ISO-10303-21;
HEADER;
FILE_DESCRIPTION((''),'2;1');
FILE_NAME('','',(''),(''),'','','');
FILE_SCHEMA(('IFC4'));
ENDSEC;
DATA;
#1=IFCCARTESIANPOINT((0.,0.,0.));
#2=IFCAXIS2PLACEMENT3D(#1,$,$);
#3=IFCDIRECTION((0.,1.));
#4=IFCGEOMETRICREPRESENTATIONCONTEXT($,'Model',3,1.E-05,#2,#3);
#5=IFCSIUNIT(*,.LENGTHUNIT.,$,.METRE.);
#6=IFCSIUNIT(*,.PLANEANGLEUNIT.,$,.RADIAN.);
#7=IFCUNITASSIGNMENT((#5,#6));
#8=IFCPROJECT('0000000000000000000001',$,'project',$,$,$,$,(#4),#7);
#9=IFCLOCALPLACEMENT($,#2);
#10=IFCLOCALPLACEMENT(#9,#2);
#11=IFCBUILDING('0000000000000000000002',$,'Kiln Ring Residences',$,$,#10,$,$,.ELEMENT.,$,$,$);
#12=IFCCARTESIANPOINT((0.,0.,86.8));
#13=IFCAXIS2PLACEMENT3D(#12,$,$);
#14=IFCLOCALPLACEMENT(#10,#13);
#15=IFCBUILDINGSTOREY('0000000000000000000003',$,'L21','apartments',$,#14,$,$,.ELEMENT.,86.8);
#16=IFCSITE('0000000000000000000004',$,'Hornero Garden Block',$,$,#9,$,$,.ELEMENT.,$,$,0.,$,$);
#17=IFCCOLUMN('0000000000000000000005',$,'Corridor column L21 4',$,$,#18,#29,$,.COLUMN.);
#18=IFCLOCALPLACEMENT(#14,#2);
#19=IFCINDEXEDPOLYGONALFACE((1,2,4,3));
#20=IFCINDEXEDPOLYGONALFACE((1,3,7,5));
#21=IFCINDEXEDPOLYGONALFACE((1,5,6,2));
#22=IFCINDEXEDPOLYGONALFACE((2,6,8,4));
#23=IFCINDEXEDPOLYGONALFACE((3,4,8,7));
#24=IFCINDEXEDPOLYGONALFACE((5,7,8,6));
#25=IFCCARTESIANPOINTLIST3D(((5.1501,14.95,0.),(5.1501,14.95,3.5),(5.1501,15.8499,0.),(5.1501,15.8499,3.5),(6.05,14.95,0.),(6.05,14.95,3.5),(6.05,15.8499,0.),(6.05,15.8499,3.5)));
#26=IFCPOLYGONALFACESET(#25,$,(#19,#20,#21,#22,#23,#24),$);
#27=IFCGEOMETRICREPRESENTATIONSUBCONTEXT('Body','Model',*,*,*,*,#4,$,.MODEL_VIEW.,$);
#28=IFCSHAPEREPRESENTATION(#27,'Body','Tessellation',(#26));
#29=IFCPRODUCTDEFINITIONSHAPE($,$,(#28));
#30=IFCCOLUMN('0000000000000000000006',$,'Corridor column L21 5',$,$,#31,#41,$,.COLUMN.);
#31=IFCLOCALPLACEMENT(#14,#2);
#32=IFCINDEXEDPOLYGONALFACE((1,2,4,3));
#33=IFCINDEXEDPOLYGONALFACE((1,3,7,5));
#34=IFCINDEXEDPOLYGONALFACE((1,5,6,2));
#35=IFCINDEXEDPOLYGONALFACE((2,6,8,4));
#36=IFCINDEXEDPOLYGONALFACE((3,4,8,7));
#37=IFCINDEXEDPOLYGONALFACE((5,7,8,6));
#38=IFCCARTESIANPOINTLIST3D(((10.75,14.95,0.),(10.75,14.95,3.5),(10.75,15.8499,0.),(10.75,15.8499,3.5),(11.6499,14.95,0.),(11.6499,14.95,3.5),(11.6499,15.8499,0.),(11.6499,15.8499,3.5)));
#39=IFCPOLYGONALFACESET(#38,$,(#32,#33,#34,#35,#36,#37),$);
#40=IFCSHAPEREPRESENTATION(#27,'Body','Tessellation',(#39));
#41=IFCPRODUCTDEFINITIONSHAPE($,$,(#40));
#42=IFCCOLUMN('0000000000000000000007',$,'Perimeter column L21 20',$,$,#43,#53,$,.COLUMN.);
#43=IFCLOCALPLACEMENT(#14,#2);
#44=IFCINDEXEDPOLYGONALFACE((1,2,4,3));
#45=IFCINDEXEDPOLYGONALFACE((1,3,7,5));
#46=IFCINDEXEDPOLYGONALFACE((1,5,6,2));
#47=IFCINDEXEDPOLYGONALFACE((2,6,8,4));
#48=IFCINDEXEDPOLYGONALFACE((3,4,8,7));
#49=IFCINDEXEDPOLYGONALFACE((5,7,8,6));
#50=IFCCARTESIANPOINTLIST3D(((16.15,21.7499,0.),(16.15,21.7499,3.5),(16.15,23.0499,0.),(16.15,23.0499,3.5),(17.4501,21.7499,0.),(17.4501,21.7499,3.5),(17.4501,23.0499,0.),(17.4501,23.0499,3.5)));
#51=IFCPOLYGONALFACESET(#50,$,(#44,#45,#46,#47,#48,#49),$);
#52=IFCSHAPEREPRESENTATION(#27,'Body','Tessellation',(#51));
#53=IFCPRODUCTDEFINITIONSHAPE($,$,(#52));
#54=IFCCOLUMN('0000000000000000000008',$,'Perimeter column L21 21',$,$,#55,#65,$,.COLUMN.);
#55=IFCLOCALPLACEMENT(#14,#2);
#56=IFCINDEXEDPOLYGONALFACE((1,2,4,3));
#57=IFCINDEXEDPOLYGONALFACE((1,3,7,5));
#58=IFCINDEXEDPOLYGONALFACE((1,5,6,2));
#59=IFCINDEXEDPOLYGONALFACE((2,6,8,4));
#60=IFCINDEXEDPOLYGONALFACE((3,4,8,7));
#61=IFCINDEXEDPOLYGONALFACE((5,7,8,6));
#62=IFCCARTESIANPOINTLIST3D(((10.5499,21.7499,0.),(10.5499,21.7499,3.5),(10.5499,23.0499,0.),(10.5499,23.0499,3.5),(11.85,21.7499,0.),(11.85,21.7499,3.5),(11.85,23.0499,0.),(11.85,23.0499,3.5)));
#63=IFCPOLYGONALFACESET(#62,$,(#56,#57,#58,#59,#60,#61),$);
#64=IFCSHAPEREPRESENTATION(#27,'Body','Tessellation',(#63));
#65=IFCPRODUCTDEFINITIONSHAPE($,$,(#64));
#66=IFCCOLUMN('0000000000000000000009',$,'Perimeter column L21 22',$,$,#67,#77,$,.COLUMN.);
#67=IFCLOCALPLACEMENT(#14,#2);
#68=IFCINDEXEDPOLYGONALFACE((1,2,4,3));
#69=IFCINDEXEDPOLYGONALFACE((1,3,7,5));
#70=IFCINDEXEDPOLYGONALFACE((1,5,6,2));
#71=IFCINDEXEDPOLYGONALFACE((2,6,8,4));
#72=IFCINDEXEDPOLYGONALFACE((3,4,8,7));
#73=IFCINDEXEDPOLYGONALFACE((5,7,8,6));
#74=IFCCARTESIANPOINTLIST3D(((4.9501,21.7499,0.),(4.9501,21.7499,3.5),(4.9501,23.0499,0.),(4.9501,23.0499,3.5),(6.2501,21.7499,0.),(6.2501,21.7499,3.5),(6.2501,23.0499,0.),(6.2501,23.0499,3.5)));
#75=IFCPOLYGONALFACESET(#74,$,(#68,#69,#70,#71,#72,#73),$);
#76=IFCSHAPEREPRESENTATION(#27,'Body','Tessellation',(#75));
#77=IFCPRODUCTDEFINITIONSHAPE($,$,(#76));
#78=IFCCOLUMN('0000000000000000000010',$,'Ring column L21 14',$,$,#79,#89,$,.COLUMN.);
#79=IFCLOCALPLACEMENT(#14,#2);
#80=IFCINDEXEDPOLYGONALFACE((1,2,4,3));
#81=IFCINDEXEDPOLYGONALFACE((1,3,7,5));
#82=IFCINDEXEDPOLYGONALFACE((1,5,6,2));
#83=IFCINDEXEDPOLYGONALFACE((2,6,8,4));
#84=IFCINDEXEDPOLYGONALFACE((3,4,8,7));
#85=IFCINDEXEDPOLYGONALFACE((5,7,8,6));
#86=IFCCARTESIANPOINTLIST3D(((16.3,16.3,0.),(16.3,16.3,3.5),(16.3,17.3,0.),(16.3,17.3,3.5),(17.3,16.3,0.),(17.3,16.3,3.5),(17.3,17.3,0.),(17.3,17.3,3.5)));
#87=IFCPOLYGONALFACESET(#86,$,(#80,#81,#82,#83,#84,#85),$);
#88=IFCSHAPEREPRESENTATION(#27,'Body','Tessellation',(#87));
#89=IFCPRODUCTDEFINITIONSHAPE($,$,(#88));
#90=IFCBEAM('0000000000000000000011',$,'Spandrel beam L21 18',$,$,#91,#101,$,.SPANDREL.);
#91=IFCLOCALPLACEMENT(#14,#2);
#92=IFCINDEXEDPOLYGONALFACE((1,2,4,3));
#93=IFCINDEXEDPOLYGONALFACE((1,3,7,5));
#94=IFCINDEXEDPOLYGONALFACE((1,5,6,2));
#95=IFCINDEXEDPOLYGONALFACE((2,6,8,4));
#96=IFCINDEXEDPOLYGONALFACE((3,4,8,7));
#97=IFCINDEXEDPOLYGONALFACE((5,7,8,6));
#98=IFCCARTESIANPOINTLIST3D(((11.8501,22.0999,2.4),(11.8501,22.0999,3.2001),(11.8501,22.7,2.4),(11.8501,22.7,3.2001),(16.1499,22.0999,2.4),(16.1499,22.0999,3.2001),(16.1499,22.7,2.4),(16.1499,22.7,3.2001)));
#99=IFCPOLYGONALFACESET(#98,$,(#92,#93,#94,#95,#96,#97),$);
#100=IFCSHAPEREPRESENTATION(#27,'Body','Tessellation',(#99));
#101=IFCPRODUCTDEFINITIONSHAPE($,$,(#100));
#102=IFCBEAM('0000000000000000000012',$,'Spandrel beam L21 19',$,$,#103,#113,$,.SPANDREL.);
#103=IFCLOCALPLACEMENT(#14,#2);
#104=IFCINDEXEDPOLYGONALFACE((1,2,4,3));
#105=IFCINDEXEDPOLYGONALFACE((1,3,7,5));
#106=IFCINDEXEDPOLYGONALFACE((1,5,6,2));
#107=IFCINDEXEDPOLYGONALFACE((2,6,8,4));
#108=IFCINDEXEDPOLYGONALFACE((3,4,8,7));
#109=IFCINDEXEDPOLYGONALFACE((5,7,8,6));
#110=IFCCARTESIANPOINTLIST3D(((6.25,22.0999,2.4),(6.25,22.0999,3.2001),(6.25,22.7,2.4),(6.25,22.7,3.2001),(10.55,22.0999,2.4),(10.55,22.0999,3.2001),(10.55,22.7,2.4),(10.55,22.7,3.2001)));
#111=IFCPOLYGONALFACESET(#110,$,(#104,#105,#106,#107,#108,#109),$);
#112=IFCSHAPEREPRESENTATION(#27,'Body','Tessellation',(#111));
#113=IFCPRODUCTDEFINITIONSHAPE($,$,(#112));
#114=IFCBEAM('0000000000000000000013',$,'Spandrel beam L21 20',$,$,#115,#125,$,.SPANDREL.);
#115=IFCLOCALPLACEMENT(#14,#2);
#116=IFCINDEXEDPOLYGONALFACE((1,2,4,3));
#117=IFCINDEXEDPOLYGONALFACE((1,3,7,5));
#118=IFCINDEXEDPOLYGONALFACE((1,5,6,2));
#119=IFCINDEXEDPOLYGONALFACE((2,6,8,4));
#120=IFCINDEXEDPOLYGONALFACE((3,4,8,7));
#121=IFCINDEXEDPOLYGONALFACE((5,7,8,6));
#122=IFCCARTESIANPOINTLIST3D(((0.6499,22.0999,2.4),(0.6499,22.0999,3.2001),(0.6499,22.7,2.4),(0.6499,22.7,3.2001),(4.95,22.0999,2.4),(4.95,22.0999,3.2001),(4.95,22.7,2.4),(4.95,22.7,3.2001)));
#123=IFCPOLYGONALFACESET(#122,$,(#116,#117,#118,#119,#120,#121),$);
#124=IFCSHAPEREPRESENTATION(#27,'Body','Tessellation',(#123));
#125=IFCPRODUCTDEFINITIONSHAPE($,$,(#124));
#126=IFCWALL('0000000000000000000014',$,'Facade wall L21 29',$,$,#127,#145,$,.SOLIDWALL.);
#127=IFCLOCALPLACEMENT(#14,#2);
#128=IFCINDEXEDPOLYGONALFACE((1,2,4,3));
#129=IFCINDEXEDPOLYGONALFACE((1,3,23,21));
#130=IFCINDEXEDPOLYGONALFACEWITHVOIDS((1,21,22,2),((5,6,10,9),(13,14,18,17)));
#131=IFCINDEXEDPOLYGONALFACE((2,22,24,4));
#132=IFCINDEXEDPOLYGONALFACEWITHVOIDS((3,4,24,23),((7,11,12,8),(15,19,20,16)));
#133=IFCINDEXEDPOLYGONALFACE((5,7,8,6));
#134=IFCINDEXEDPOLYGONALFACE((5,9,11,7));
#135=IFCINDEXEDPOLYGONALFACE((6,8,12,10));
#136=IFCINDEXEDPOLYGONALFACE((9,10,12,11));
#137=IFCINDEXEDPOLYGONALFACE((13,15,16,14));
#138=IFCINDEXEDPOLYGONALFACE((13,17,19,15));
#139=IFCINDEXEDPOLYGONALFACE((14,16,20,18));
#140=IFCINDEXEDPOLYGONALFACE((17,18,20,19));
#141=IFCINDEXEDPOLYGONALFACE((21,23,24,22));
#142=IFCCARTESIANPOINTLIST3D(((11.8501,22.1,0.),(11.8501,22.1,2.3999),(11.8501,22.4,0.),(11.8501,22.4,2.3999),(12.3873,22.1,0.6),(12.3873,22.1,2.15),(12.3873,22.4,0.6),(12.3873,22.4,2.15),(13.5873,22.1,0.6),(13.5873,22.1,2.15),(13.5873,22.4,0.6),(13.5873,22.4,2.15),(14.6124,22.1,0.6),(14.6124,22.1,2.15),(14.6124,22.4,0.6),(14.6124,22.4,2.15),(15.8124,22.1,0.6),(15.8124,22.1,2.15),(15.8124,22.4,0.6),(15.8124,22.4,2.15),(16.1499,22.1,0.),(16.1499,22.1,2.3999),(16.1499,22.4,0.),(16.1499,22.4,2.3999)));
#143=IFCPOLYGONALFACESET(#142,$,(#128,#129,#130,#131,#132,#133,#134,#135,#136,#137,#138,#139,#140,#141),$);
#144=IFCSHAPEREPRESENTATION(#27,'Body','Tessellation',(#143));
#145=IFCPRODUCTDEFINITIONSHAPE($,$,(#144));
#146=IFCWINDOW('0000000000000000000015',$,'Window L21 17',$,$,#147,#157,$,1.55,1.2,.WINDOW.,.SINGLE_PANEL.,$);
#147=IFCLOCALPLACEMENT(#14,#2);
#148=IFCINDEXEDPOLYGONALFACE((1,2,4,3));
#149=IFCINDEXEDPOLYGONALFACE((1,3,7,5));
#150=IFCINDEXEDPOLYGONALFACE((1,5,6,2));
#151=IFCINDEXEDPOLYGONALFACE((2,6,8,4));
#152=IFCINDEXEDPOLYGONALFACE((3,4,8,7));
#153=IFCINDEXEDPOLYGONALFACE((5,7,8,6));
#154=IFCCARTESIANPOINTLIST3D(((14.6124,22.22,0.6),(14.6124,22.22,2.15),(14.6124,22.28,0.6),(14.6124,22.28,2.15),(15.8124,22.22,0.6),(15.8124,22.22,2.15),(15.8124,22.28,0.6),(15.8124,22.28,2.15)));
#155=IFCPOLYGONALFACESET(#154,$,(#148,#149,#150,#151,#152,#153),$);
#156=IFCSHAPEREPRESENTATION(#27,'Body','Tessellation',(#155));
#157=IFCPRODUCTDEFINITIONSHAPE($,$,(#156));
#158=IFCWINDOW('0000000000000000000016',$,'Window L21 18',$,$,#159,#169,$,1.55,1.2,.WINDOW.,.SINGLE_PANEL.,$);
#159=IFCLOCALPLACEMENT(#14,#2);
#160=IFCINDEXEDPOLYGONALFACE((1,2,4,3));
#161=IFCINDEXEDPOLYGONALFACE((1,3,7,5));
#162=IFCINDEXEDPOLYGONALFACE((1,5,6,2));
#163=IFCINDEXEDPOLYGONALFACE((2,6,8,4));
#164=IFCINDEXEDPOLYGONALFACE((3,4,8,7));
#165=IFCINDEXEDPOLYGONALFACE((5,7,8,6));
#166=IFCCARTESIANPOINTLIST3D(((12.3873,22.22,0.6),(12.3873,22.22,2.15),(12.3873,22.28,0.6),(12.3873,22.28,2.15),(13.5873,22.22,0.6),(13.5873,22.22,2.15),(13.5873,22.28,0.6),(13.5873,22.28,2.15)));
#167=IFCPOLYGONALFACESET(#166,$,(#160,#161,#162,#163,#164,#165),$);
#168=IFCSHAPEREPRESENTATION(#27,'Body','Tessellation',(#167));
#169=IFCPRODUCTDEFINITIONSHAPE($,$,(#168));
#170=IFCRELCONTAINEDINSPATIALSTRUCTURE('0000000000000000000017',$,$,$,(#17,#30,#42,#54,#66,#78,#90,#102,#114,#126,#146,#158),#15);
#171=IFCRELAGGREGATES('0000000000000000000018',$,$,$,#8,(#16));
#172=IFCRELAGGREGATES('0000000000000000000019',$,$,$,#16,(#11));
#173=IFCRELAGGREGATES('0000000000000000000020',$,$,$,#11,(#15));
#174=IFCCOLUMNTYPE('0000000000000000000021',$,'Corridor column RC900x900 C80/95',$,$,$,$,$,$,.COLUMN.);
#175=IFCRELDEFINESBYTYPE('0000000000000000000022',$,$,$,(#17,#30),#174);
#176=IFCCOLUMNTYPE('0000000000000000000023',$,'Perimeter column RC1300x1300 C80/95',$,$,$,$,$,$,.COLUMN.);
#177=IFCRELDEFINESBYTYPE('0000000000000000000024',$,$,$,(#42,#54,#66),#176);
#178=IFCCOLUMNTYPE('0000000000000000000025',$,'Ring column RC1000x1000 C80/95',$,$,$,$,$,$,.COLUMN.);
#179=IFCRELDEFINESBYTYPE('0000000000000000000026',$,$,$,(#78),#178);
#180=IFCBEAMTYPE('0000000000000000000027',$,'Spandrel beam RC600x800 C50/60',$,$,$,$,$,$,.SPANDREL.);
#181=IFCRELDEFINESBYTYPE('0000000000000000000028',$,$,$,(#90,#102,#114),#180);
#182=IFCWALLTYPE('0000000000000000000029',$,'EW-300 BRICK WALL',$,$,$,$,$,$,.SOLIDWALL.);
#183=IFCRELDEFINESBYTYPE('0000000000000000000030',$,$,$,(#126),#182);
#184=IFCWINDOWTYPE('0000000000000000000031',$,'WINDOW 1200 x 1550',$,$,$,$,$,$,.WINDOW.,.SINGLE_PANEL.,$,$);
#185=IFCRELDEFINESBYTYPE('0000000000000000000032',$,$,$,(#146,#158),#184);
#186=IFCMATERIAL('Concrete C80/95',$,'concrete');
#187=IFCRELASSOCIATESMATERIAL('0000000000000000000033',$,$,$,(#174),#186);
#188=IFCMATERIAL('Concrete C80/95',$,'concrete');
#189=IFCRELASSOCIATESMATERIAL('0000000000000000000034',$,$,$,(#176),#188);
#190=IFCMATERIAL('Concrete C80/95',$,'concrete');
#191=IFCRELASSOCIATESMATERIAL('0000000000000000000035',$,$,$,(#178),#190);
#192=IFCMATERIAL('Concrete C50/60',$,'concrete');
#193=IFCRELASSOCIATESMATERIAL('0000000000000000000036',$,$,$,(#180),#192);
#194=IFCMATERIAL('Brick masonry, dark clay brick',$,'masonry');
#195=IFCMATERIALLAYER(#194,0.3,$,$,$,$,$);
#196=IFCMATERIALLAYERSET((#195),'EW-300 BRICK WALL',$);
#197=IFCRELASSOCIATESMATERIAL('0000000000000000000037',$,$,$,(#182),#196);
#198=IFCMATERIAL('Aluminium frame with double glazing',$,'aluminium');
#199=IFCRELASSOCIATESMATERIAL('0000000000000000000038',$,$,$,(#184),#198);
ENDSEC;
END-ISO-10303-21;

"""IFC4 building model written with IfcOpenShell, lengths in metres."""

from ifc_helpers import new_model, si_unit, direction, frame, frame_2d, origin, origin_2d, place, context, subcontext, project, spatial, rectangle, extrude, material, layer, layer_set, material_profile, profile_set, type_object, element, fill, save


model = new_model("IFC4")

# Units and contexts
model_context = context("Model", 3, precision=1e-05, world=origin(), true_north=direction((0.0, 1.0)))
body_context = subcontext(model_context, "Body", "Model", "MODEL_VIEW")
ifc_project = project(units=[si_unit("LENGTHUNIT", "METRE"), si_unit("PLANEANGLEUNIT", "RADIAN")], contexts=[model_context])

# Site, building, storey
site_placement = place(None, origin())
site = spatial("IfcSite", under=ifc_project, at=site_placement, Name="Hornero Garden Block", CompositionType="ELEMENT", RefElevation=0.0)
building_placement = place(site_placement, origin())
building = spatial("IfcBuilding", under=site, at=building_placement, Name="Kiln Ring Residences", CompositionType="ELEMENT")
storey_placement = place(building_placement, frame((0.0, 0.0, 86.8)))
storey = spatial("IfcBuildingStorey", under=building, at=storey_placement, Name="L21", Description="apartments", CompositionType="ELEMENT", Elevation=86.8)

# Columns
ifc_material_1 = material(Name="Concrete C80/95", Category="concrete")
ifc_material_profile_1 = material_profile(ifc_material_1, rectangle(XDim=0.8999, YDim=0.8999, at=origin_2d()), Name="RC900x900")
ifc_profile_set_1 = profile_set([ifc_material_profile_1], Name="Concrete C80/95")
column_type_1 = type_object("IfcColumnType", Name="Corridor column RC900x900 C80/95", PredefinedType="COLUMN", material=ifc_profile_set_1)
for number, where, z_axis, x_axis, name in (
    (1, (5.6001, 15.3999, 0.0), (0.0, 0.0, 1.0), (1.0, 0.0, 0.0), "Corridor column L21 4"),
    (2, (11.2, 15.3999, 0.0), (0.0, 0.0, 1.0), (1.0, 0.0, 0.0), "Corridor column L21 5"),
):
    element("IfcColumn", number, at=place(storey_placement, frame(where, z_axis=z_axis, x_axis=x_axis)), inside=storey, type_object=column_type_1, Name=name, PredefinedType="COLUMN", context=body_context, shape_type="SweptSolid", body=[
        extrude(rectangle(XDim=0.8999, YDim=0.8999, at=origin_2d()), origin(), (0.0, 0.0, 1.0), 3.5),
    ])
ifc_material_2 = material(Name="Concrete C80/95", Category="concrete")
ifc_material_profile_2 = material_profile(ifc_material_2, rectangle(XDim=1.3, YDim=1.3, at=origin_2d()), Name="RC1300x1300")
ifc_profile_set_2 = profile_set([ifc_material_profile_2], Name="Concrete C80/95")
column_type_2 = type_object("IfcColumnType", Name="Perimeter column RC1300x1300 C80/95", PredefinedType="COLUMN", material=ifc_profile_set_2)
for number, where, z_axis, x_axis, name in (
    (3, (16.8, 22.3999, 0.0), (0.0, 0.0, 1.0), (1.0, 0.0, 0.0), "Perimeter column L21 20"),
    (4, (11.2, 22.3999, 0.0), (0.0, 0.0, 1.0), (1.0, 0.0, 0.0), "Perimeter column L21 21"),
    (5, (5.6001, 22.3999, 0.0), (0.0, 0.0, 1.0), (1.0, 0.0, 0.0), "Perimeter column L21 22"),
):
    element("IfcColumn", number, at=place(storey_placement, frame(where, z_axis=z_axis, x_axis=x_axis)), inside=storey, type_object=column_type_2, Name=name, PredefinedType="COLUMN", context=body_context, shape_type="SweptSolid", body=[
        extrude(rectangle(XDim=1.3, YDim=1.3, at=origin_2d()), origin(), (0.0, 0.0, 1.0), 3.5),
    ])
ifc_material_3 = material(Name="Concrete C80/95", Category="concrete")
ifc_material_profile_3 = material_profile(ifc_material_3, rectangle(XDim=1.0, YDim=1.0, at=origin_2d()), Name="RC1000x1000")
ifc_profile_set_3 = profile_set([ifc_material_profile_3], Name="Concrete C80/95")
column_type_3 = type_object("IfcColumnType", Name="Ring column RC1000x1000 C80/95", PredefinedType="COLUMN", material=ifc_profile_set_3)
column_placement = place(storey_placement, frame((16.8, 16.8, 0.0), z_axis=(0.0, 0.0, 1.0), x_axis=(1.0, 0.0, 0.0)))
element("IfcColumn", 6, at=column_placement, inside=storey, type_object=column_type_3, Name="Ring column L21 14", PredefinedType="COLUMN", context=body_context, shape_type="SweptSolid", body=[
    extrude(rectangle(XDim=1.0, YDim=1.0, at=origin_2d()), origin(), (0.0, 0.0, 1.0), 3.5),
])

# Beams
ifc_material_4 = material(Name="Concrete C50/60", Category="concrete")
ifc_material_profile_4 = material_profile(ifc_material_4, rectangle(XDim=0.6001, YDim=0.8, at=origin_2d()), Name="RC600x800")
ifc_profile_set_4 = profile_set([ifc_material_profile_4], Name="Concrete C50/60")
beam_type = type_object("IfcBeamType", Name="Spandrel beam RC600x800 C50/60", PredefinedType="SPANDREL", material=ifc_profile_set_4)
beam_placement = place(storey_placement, frame((16.1499, 22.3999, 2.8), z_axis=(-1.0, 0.0, 0.0), x_axis=(0.0, -1.0, 0.0)))
element("IfcBeam", 7, at=beam_placement, inside=storey, type_object=beam_type, Name="Spandrel beam L21 18", PredefinedType="SPANDREL", context=body_context, shape_type="SweptSolid", body=[
    extrude(rectangle(XDim=0.6001, YDim=0.8, at=origin_2d()), origin(), (0.0, 0.0, 1.0), 4.2998),
])
for number, where, z_axis, x_axis, name in (
    (8, (10.55, 22.3999, 2.8), (-1.0, 0.0, 0.0), (0.0, -1.0, 0.0), "Spandrel beam L21 19"),
    (9, (4.95, 22.3999, 2.8), (-1.0, 0.0, 0.0), (0.0, -1.0, 0.0), "Spandrel beam L21 20"),
):
    element("IfcBeam", number, at=place(storey_placement, frame(where, z_axis=z_axis, x_axis=x_axis)), inside=storey, type_object=beam_type, Name=name, PredefinedType="SPANDREL", context=body_context, shape_type="SweptSolid", body=[
        extrude(rectangle(XDim=0.6001, YDim=0.8, at=origin_2d()), origin(), (0.0, 0.0, 1.0), 4.3),
    ])

# Wall, openings, windows
ifc_material_5 = material(Name="Brick masonry, dark clay brick", Category="masonry")
ifc_layer_1 = layer(ifc_material_5, 0.3)
ifc_layer_set_1 = layer_set([ifc_layer_1], Name="EW-300 BRICK WALL")
wall_type_1 = type_object("IfcWallType", Name="EW-300 BRICK WALL", PredefinedType="SOLIDWALL", material=ifc_layer_set_1)
wall_1_placement = place(storey_placement, frame((16.1499, 22.25, 0.0), z_axis=(0.0, 0.0, 1.0), x_axis=(-1.0, 0.0, 0.0)))
wall_1 = element("IfcWall", 10, at=wall_1_placement, inside=storey, type_object=wall_type_1, Name="Facade wall L21 29", PredefinedType="SOLIDWALL", context=body_context, shape_type="SweptSolid", body=[
    extrude(rectangle(XDim=4.2998, YDim=0.3, at=frame_2d((2.1499, 0.0))), origin(), (0.0, 0.0, 1.0), 2.3999),
])
opening_1_placement = place(wall_1_placement, frame((0.3374, 0.0, 0.6001)))
opening_1 = element("IfcOpeningElement", 11, at=opening_1_placement, cuts=wall_1, PredefinedType="OPENING", context=body_context, shape_type="SweptSolid", body=[
    extrude(rectangle(XDim=1.2, YDim=1.55, at=frame_2d((0.6001, 0.7749))), frame((0.0, 0.1599, 0.0), z_axis=(0.0, -1.0, 0.0), x_axis=(1.0, 0.0, 0.0)), (0.0, 0.0, 1.0), 0.3201),
])
opening_2_placement = place(wall_1_placement, frame((2.5625, 0.0, 0.6001)))
opening_2 = element("IfcOpeningElement", 12, at=opening_2_placement, cuts=wall_1, PredefinedType="OPENING", context=body_context, shape_type="SweptSolid", body=[
    extrude(rectangle(XDim=1.2, YDim=1.55, at=frame_2d((0.6001, 0.7749))), frame((0.0, 0.1599, 0.0), z_axis=(0.0, -1.0, 0.0), x_axis=(1.0, 0.0, 0.0)), (0.0, 0.0, 1.0), 0.3201),
])
ifc_material_6 = material(Name="Aluminium frame with double glazing", Category="aluminium")
window_type_1 = type_object("IfcWindowType", Name="WINDOW 1200 x 1550", PartitioningType="SINGLE_PANEL", PredefinedType="WINDOW", material=ifc_material_6)
window_1_placement = place(opening_1_placement, origin())
window_1 = element("IfcWindow", 13, at=window_1_placement, inside=storey, type_object=window_type_1, Name="Window L21 17", OverallHeight=1.55, OverallWidth=1.2, PartitioningType="SINGLE_PANEL", PredefinedType="WINDOW", context=body_context, shape_type="SweptSolid", body=[
    extrude(rectangle(XDim=1.2, YDim=1.55, at=frame_2d((0.6001, 0.7749))), frame((0.0, 0.03, 0.0), z_axis=(0.0, -1.0, 0.0), x_axis=(1.0, 0.0, 0.0)), (0.0, 0.0, 1.0), 0.0601),
])
fill(opening_1, window_1)
window_2_placement = place(opening_2_placement, origin())
window_2 = element("IfcWindow", 14, at=window_2_placement, inside=storey, type_object=window_type_1, Name="Window L21 18", OverallHeight=1.55, OverallWidth=1.2, PartitioningType="SINGLE_PANEL", PredefinedType="WINDOW", context=body_context, shape_type="SweptSolid", body=[
    extrude(rectangle(XDim=1.2, YDim=1.55, at=frame_2d((0.6001, 0.7749))), frame((0.0, 0.03, 0.0), z_axis=(0.0, -1.0, 0.0), x_axis=(1.0, 0.0, 0.0)), (0.0, 0.0, 1.0), 0.0601),
])
fill(opening_2, window_2)

save(model, "model.ifc")
